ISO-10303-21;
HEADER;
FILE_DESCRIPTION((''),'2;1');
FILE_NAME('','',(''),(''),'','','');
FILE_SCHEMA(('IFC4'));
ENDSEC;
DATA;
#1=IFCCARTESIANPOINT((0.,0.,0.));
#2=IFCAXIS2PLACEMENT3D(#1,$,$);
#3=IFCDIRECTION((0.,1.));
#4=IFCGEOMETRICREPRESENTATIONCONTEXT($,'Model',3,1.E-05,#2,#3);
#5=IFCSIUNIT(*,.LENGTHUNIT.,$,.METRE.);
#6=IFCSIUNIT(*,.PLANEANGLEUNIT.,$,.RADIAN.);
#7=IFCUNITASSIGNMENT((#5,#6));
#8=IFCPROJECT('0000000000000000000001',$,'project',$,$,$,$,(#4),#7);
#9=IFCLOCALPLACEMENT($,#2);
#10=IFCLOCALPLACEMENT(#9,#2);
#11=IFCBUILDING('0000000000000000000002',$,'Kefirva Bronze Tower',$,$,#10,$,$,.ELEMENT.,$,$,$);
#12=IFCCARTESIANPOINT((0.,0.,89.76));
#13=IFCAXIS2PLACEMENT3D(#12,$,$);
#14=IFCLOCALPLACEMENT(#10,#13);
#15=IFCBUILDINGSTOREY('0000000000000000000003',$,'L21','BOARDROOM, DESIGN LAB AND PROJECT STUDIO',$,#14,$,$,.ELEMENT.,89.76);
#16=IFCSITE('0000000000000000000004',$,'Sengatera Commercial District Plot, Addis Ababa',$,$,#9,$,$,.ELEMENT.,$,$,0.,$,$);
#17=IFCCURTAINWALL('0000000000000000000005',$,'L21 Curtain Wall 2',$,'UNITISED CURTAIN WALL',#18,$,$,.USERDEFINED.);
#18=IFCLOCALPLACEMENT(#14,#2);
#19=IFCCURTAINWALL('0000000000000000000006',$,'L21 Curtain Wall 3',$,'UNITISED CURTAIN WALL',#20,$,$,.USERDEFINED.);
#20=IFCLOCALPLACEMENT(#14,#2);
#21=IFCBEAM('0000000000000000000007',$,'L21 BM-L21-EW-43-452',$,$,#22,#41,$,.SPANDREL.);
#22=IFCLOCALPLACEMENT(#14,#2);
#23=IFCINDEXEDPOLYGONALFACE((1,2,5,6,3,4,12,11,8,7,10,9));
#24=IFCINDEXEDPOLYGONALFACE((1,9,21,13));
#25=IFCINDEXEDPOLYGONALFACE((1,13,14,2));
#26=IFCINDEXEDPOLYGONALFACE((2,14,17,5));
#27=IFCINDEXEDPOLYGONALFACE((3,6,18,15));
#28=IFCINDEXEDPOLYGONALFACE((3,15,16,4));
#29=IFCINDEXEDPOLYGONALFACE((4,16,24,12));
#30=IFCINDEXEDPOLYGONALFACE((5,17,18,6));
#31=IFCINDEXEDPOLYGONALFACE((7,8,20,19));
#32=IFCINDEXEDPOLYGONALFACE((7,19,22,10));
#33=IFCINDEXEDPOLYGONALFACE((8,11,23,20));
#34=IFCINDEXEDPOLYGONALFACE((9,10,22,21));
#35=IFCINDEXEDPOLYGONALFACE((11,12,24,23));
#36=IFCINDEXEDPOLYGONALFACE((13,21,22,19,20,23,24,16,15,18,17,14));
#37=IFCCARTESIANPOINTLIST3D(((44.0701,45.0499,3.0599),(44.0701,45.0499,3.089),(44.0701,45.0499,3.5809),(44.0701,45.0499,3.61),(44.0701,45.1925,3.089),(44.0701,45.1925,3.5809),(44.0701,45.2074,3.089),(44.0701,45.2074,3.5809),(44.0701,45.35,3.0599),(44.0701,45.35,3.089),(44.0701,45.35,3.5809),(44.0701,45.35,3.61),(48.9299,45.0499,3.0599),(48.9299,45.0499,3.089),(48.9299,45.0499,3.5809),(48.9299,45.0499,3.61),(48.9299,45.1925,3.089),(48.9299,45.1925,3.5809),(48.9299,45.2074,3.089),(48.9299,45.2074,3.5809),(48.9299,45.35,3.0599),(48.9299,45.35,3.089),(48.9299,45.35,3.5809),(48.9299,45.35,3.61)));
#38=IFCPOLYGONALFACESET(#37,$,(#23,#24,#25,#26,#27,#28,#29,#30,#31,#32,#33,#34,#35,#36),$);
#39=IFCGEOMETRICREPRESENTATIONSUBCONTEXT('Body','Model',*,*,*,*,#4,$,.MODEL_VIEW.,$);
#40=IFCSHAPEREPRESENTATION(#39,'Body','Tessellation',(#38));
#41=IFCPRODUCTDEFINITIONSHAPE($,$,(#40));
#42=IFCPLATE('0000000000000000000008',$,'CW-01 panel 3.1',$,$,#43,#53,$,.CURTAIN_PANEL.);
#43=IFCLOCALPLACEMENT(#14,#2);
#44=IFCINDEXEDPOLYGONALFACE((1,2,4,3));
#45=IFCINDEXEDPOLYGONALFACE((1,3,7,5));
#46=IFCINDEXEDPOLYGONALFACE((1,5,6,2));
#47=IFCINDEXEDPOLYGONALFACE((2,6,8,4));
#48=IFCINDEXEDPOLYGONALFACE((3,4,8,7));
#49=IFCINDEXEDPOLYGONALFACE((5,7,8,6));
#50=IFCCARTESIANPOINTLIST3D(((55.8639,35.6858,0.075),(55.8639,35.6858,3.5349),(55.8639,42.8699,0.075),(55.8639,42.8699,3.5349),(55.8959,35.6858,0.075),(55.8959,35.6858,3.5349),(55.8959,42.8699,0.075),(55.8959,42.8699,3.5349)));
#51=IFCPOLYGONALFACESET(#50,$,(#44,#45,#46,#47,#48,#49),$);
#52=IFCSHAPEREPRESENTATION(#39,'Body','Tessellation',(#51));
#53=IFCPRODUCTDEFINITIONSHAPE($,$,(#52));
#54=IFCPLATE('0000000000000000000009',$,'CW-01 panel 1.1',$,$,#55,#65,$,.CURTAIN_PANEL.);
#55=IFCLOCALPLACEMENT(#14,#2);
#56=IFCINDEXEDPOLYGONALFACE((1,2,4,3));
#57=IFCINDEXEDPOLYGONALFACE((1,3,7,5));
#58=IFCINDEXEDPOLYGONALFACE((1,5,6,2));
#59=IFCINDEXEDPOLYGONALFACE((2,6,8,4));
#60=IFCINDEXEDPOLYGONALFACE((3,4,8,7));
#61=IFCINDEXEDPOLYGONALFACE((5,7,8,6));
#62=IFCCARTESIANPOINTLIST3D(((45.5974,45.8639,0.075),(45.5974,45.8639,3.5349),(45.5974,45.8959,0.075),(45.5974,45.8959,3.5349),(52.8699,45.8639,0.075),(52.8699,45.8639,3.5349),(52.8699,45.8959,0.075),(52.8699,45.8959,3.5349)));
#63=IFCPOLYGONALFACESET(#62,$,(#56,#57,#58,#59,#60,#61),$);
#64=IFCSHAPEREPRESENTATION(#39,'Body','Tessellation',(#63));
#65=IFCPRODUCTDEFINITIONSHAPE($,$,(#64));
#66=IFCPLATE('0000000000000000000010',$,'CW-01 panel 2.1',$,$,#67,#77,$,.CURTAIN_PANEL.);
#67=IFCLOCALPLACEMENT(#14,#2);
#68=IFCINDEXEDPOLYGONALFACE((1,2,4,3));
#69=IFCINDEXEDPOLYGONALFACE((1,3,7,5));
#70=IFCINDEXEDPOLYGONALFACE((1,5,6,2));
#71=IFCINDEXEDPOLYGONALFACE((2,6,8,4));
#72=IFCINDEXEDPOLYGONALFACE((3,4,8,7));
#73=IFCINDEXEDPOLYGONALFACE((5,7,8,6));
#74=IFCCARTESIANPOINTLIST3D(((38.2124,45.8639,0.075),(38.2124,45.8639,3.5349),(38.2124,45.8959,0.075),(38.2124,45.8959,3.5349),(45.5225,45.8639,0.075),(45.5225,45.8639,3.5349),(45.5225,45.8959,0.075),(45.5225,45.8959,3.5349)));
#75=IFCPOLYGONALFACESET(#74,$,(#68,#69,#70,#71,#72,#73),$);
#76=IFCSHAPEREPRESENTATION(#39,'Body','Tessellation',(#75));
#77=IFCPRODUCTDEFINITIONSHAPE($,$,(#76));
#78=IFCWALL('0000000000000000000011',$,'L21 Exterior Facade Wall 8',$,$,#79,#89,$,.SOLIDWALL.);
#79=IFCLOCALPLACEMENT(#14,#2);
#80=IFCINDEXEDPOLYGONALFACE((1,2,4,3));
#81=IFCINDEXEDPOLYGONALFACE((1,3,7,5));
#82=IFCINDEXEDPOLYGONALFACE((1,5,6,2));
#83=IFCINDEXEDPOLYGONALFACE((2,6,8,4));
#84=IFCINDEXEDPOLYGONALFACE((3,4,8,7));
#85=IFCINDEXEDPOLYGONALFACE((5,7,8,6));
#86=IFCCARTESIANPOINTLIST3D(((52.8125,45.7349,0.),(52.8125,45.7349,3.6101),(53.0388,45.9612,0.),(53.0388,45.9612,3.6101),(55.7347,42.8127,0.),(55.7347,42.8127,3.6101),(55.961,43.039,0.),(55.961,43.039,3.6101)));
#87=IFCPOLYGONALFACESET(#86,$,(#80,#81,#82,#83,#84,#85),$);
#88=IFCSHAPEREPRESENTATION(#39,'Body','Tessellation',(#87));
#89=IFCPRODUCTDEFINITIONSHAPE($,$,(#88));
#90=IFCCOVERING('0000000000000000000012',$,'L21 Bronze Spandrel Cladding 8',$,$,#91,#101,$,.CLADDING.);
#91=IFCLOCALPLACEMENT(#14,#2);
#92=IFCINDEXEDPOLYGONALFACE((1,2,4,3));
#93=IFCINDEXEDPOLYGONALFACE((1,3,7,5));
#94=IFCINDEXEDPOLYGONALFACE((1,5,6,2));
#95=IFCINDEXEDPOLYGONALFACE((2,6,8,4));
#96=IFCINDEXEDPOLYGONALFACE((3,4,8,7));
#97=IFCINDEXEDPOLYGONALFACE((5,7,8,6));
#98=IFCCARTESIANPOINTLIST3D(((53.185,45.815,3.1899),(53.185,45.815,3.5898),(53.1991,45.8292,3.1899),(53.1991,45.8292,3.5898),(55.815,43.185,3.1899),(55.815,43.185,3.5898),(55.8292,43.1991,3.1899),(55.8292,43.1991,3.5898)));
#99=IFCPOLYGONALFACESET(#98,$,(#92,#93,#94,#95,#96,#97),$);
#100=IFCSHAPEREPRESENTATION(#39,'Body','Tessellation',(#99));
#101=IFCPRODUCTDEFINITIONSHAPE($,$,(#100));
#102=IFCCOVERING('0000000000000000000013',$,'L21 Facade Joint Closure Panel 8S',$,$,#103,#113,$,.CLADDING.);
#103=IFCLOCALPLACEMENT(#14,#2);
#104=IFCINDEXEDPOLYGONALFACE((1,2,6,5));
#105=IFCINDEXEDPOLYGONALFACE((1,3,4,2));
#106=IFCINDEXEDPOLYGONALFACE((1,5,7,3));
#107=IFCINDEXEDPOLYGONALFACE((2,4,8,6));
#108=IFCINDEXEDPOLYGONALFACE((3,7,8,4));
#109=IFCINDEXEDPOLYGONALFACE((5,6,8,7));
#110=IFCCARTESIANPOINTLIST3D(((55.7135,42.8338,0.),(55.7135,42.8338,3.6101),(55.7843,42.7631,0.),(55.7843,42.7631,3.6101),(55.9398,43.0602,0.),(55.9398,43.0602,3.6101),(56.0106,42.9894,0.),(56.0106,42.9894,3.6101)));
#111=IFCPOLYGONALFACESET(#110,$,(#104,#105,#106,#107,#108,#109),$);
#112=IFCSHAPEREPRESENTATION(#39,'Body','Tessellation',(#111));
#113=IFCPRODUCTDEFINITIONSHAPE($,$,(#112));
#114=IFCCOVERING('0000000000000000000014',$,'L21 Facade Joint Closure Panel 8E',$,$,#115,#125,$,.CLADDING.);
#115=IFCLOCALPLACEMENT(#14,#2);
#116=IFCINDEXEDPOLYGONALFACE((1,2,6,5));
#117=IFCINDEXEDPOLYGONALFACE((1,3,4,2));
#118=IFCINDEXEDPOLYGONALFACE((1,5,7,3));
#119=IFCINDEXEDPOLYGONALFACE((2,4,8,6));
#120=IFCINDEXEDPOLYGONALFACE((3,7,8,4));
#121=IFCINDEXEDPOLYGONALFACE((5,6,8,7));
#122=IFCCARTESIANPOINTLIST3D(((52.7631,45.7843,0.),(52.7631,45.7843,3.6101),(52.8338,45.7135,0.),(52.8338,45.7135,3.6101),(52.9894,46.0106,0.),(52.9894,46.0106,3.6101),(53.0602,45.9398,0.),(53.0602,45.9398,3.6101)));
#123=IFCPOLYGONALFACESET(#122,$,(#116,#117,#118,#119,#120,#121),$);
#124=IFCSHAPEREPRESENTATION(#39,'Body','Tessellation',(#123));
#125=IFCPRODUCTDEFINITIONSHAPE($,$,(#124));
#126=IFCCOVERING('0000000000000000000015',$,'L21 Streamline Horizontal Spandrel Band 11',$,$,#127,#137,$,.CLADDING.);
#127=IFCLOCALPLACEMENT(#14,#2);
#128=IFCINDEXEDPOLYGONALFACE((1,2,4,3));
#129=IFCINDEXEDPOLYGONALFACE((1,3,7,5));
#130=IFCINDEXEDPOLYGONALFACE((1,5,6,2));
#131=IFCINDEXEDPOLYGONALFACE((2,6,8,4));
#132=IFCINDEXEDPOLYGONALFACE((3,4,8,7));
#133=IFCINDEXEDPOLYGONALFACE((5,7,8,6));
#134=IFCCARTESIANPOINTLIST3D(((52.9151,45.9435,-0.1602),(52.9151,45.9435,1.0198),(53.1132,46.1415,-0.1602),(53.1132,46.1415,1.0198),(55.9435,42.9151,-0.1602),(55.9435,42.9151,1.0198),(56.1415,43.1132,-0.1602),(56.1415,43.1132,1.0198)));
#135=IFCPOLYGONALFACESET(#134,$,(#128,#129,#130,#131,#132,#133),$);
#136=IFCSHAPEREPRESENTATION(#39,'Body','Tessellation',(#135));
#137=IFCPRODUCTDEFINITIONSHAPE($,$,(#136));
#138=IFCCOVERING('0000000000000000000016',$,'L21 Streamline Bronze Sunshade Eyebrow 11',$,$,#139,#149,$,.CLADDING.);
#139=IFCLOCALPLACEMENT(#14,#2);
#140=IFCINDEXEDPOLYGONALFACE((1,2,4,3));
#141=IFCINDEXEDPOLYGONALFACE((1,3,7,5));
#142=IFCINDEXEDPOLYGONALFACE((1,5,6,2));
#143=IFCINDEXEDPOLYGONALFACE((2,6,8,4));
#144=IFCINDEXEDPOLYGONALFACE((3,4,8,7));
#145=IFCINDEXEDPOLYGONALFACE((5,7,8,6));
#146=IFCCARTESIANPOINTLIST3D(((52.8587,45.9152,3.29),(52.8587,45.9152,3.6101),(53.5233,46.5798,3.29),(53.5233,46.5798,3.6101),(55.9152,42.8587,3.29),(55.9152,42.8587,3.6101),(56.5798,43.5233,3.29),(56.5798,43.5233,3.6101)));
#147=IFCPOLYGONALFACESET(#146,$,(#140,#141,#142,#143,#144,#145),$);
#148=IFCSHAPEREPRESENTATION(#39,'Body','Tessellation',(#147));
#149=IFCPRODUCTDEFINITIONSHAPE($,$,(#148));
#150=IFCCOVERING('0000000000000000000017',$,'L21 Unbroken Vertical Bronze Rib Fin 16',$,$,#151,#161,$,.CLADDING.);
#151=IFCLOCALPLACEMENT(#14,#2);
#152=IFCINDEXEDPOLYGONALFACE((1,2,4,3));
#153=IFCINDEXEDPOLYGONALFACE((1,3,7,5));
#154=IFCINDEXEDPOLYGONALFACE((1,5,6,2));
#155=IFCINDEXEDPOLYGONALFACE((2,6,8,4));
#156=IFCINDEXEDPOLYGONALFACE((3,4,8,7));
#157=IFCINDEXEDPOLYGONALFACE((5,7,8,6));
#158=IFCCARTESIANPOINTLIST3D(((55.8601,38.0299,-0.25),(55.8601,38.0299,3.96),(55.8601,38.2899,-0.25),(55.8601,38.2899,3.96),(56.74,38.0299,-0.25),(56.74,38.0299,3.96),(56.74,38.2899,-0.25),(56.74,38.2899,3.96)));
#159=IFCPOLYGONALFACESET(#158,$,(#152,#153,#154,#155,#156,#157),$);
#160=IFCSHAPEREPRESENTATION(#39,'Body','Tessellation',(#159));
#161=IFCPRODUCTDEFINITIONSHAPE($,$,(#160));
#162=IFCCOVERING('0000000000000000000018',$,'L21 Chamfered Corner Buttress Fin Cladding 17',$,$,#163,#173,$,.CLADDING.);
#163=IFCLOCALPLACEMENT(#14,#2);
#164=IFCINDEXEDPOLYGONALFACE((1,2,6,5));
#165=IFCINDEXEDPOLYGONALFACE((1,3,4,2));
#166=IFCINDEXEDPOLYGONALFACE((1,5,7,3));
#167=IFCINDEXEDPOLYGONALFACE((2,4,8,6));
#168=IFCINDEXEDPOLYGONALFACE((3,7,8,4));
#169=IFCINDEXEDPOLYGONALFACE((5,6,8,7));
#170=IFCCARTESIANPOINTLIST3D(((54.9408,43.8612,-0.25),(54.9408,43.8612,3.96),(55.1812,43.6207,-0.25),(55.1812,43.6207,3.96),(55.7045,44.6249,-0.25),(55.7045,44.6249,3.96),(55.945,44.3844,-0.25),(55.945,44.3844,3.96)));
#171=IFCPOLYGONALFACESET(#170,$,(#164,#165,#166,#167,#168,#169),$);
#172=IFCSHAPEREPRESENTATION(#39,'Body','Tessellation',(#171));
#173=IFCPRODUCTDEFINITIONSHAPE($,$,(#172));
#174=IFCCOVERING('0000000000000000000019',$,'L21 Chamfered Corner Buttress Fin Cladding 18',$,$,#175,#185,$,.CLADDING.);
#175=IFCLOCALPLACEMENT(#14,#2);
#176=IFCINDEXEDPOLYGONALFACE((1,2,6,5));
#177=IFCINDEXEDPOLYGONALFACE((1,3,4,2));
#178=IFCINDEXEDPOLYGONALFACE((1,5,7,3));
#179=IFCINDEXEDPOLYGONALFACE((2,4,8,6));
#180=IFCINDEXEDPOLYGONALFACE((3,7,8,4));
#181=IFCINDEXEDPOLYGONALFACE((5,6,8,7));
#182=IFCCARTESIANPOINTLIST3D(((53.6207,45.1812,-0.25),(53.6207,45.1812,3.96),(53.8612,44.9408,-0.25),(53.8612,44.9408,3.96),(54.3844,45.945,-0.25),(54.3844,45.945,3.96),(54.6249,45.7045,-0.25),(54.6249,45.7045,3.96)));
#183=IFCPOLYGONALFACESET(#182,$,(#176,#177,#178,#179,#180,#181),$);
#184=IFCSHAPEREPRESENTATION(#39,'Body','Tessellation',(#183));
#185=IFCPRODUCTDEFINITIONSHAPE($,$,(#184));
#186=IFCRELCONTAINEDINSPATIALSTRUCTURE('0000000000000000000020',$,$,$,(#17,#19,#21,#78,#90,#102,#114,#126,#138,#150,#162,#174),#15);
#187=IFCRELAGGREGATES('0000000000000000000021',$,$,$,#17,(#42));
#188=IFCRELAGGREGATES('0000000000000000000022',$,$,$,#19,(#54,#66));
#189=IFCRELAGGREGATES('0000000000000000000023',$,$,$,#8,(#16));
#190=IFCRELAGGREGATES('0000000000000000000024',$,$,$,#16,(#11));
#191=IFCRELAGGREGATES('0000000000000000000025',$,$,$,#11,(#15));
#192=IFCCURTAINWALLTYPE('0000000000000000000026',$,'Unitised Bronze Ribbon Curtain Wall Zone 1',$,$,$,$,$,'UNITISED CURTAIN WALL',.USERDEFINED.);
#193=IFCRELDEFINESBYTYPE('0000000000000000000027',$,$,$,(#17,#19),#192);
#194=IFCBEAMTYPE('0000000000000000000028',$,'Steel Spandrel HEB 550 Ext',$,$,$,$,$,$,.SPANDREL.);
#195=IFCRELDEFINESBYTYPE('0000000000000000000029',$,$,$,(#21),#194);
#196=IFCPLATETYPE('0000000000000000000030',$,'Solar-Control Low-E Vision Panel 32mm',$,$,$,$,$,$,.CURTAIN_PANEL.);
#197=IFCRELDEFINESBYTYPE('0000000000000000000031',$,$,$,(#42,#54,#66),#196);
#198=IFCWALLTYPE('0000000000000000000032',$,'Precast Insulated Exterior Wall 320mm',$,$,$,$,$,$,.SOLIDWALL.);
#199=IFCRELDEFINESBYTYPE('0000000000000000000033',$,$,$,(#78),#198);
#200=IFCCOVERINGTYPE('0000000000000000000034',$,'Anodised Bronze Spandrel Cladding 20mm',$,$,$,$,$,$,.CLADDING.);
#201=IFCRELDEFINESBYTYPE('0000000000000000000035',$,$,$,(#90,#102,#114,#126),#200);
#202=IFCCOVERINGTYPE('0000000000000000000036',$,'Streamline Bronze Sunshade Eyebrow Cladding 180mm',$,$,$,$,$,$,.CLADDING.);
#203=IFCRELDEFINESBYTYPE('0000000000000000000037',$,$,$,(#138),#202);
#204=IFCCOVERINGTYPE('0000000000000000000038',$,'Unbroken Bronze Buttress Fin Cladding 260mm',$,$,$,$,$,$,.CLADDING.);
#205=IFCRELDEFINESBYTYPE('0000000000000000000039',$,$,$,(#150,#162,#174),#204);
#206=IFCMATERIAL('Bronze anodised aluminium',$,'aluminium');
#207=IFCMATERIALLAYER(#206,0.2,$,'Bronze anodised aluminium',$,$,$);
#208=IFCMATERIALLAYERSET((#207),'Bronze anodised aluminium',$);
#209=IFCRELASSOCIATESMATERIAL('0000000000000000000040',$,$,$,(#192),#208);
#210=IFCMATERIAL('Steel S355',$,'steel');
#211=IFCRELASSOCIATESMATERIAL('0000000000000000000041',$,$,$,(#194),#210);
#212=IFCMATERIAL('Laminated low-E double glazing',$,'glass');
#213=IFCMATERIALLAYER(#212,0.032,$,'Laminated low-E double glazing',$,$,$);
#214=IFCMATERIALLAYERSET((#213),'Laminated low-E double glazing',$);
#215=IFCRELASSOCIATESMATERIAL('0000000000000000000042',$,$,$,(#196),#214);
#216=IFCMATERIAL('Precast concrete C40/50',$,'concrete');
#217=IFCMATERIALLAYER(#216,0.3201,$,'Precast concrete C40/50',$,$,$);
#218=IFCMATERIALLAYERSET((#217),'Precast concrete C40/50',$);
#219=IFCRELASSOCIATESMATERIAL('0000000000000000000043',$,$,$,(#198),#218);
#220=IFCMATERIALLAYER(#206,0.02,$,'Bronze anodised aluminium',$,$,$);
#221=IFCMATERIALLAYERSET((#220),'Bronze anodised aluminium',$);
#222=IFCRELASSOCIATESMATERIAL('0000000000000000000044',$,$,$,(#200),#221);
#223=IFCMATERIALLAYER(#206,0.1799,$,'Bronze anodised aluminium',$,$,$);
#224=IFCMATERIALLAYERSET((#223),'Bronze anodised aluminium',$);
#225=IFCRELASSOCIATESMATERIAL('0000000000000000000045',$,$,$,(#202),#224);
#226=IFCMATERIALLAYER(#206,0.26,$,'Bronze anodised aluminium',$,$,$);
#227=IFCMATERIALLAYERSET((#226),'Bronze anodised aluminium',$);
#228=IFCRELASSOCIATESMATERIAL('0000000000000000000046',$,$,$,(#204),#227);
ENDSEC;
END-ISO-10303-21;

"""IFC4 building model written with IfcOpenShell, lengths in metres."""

from ifc_helpers import new_model, si_unit, direction, frame, frame_2d, origin, origin_2d, place, context, subcontext, project, spatial, rectangle, i_section, extrude, material, layer, layer_set, material_profile, profile_set, type_object, element, aggregate, save


model = new_model("IFC4")

# Units and contexts
model_context = context("Model", 3, precision=1e-05, world=origin(), true_north=direction((0.0, 1.0)))
body_context = subcontext(model_context, "Body", "Model", "MODEL_VIEW")
ifc_project = project(units=[si_unit("LENGTHUNIT", "METRE"), si_unit("PLANEANGLEUNIT", "RADIAN")], contexts=[model_context])

# Site, building, storey
site_placement = place(None, origin())
site = spatial("IfcSite", under=ifc_project, at=site_placement, Name="Sengatera Commercial District Plot, Addis Ababa", CompositionType="ELEMENT", RefElevation=0.0)
building_placement = place(site_placement, origin())
building = spatial("IfcBuilding", under=site, at=building_placement, Name="Kefirva Bronze Tower", CompositionType="ELEMENT")
storey_placement = place(building_placement, frame((0.0, 0.0, 89.76)))
storey = spatial("IfcBuildingStorey", under=building, at=storey_placement, Name="L21", Description="BOARDROOM, DESIGN LAB AND PROJECT STUDIO", CompositionType="ELEMENT", Elevation=89.76)

# Curtain wall
ifc_material_1 = material(Name="Bronze anodised aluminium", Category="aluminium")
ifc_layer_1 = layer(ifc_material_1, 0.2, Name="Bronze anodised aluminium")
ifc_layer_set_1 = layer_set([ifc_layer_1], Name="Bronze anodised aluminium")
curtain_wall_type = type_object("IfcCurtainWallType", Name="Unitised Bronze Ribbon Curtain Wall Zone 1", ElementType="UNITISED CURTAIN WALL", PredefinedType="USERDEFINED", material=ifc_layer_set_1)
curtain_wall_1_placement = place(storey_placement, origin())
curtain_wall_1 = element("IfcCurtainWall", 1, at=curtain_wall_1_placement, inside=storey, type_object=curtain_wall_type, Name="L21 Curtain Wall 2", ObjectType="UNITISED CURTAIN WALL", PredefinedType="USERDEFINED")

# Curtain wall
curtain_wall_2_placement = place(storey_placement, origin())
curtain_wall_2 = element("IfcCurtainWall", 2, at=curtain_wall_2_placement, inside=storey, type_object=curtain_wall_type, Name="L21 Curtain Wall 3", ObjectType="UNITISED CURTAIN WALL", PredefinedType="USERDEFINED")

# Beam
ifc_material_2 = material(Name="Steel S355", Category="steel")
ifc_material_profile_1 = material_profile(ifc_material_2, i_section(OverallWidth=0.3, OverallDepth=0.55, WebThickness=0.0149, FlangeThickness=0.0291, at=origin_2d()), Name="HEB 550")
ifc_profile_set_1 = profile_set([ifc_material_profile_1], Name="Steel S355")
beam_type_1 = type_object("IfcBeamType", Name="Steel Spandrel HEB 550 Ext", PredefinedType="SPANDREL", material=ifc_profile_set_1)
beam_1_placement = place(storey_placement, frame((44.0701, 45.2, 3.335), z_axis=(1.0, 0.0, 0.0), x_axis=(0.0, 1.0, 0.0)))
element("IfcBeam", 3, at=beam_1_placement, inside=storey, type_object=beam_type_1, Name="L21 BM-L21-EW-43-452", PredefinedType="SPANDREL", context=body_context, shape_type="SweptSolid", body=[
    extrude(i_section(OverallWidth=0.3, OverallDepth=0.55, WebThickness=0.0149, FlangeThickness=0.0291, at=origin_2d()), origin(), (0.0, 0.0, 1.0), 4.8599),
])

# Plates
ifc_material_3 = material(Name="Laminated low-E double glazing", Category="glass")
ifc_layer_2 = layer(ifc_material_3, 0.032, Name="Laminated low-E double glazing")
ifc_layer_set_2 = layer_set([ifc_layer_2], Name="Laminated low-E double glazing")
plate_type = type_object("IfcPlateType", Name="Solar-Control Low-E Vision Panel 32mm", PredefinedType="CURTAIN_PANEL", material=ifc_layer_set_2)
plate_1_placement = place(storey_placement, frame((55.8799, 39.2778, 0.075), z_axis=(0.0, 0.0, 1.0), x_axis=(0.0, 1.0, 0.0)))
plate_1 = element("IfcPlate", 4, at=plate_1_placement, type_object=plate_type, Name="CW-01 panel 3.1", PredefinedType="CURTAIN_PANEL", context=body_context, shape_type="SweptSolid", body=[
    extrude(rectangle(XDim=7.1841, YDim=0.032, at=origin_2d()), origin(), (0.0, 0.0, 1.0), 3.46),
])
aggregate(curtain_wall_1, [plate_1])
plate_2_placement = place(storey_placement, frame((49.2336, 45.8799, 0.075), z_axis=(0.0, 0.0, 1.0), x_axis=(-1.0, 0.0, 0.0)))
plate_2 = element("IfcPlate", 5, at=plate_2_placement, type_object=plate_type, Name="CW-01 panel 1.1", PredefinedType="CURTAIN_PANEL", context=body_context, shape_type="SweptSolid", body=[
    extrude(rectangle(XDim=7.2725, YDim=0.032, at=origin_2d()), origin(), (0.0, 0.0, 1.0), 3.46),
])
plate_3_placement = place(storey_placement, frame((41.8674, 45.8799, 0.075), z_axis=(0.0, 0.0, 1.0), x_axis=(-1.0, 0.0, 0.0)))
plate_3 = element("IfcPlate", 6, at=plate_3_placement, type_object=plate_type, Name="CW-01 panel 2.1", PredefinedType="CURTAIN_PANEL", context=body_context, shape_type="SweptSolid", body=[
    extrude(rectangle(XDim=7.3101, YDim=0.032, at=origin_2d()), origin(), (0.0, 0.0, 1.0), 3.46),
])
aggregate(curtain_wall_2, [plate_2, plate_3])

# Wall
ifc_material_4 = material(Name="Precast concrete C40/50", Category="concrete")
ifc_layer_3 = layer(ifc_material_4, 0.3201, Name="Precast concrete C40/50")
ifc_layer_set_3 = layer_set([ifc_layer_3], Name="Precast concrete C40/50")
wall_type = type_object("IfcWallType", Name="Precast Insulated Exterior Wall 320mm", PredefinedType="SOLIDWALL", material=ifc_layer_set_3)
wall_placement = place(storey_placement, frame((55.8479, 42.9258, 0.0), z_axis=(0.0, 0.0, 1.0), x_axis=(-0.707107, 0.707107, 0.0)))
element("IfcWall", 7, at=wall_placement, inside=storey, type_object=wall_type, Name="L21 Exterior Facade Wall 8", PredefinedType="SOLIDWALL", context=body_context, shape_type="SweptSolid", body=[
    extrude(rectangle(XDim=4.1326, YDim=0.3201, at=frame_2d((2.0664, 0.0))), origin(), (0.0, 0.0, 1.0), 3.6101),
])

# Coverings
ifc_layer_4 = layer(ifc_material_1, 0.02, Name="Bronze anodised aluminium")
ifc_layer_set_4 = layer_set([ifc_layer_4], Name="Bronze anodised aluminium")
covering_type_1 = type_object("IfcCoveringType", Name="Anodised Bronze Spandrel Cladding 20mm", PredefinedType="CLADDING", material=ifc_layer_set_4)
covering_1_placement = place(storey_placement, frame((54.5071, 44.5071, 3.1899), z_axis=(0.0, 0.0, 1.0), x_axis=(-0.707107, 0.707107, 0.0)))
element("IfcCovering", 8, at=covering_1_placement, inside=storey, type_object=covering_type_1, Name="L21 Bronze Spandrel Cladding 8", PredefinedType="CLADDING", context=body_context, shape_type="SweptSolid", body=[
    extrude(rectangle(XDim=3.7195, YDim=0.02, at=origin_2d()), origin(), (0.0, 0.0, 1.0), 0.3999),
])
for number, where, z_axis, x_axis, name in (
    (9, (55.8621, 42.9116, 0.0), (0.0, 0.0, 1.0), (-0.707107, 0.707107, 0.0), "L21 Facade Joint Closure Panel 8S"),
    (10, (52.9116, 45.8621, 0.0), (0.0, 0.0, 1.0), (-0.707107, 0.707107, 0.0), "L21 Facade Joint Closure Panel 8E"),
):
    element("IfcCovering", number, at=place(storey_placement, frame(where, z_axis=z_axis, x_axis=x_axis)), inside=storey, type_object=covering_type_1, Name=name, PredefinedType="CLADDING", context=body_context, shape_type="SweptSolid", body=[
        extrude(rectangle(XDim=0.1001, YDim=0.3201, at=origin_2d()), origin(), (0.0, 0.0, 1.0), 3.6101),
    ])
covering_2_placement = place(storey_placement, frame((54.5283, 44.5283, -0.1602), z_axis=(0.0, 0.0, 1.0), x_axis=(-0.707107, 0.707107, 0.0)))
element("IfcCovering", 11, at=covering_2_placement, inside=storey, type_object=covering_type_1, Name="L21 Streamline Horizontal Spandrel Band 11", PredefinedType="CLADDING", context=body_context, shape_type="SweptSolid", body=[
    extrude(rectangle(XDim=4.2827, YDim=0.28, at=origin_2d()), origin(), (0.0, 0.0, 1.0), 1.1799),
])
ifc_layer_5 = layer(ifc_material_1, 0.1799, Name="Bronze anodised aluminium")
ifc_layer_set_5 = layer_set([ifc_layer_5], Name="Bronze anodised aluminium")
covering_type_2 = type_object("IfcCoveringType", Name="Streamline Bronze Sunshade Eyebrow Cladding 180mm", PredefinedType="CLADDING", material=ifc_layer_set_5)
covering_3_placement = place(storey_placement, frame((54.7192, 44.7192, 3.29), z_axis=(0.0, 0.0, 1.0), x_axis=(-0.707107, 0.707107, 0.0)))
element("IfcCovering", 12, at=covering_3_placement, inside=storey, type_object=covering_type_2, Name="L21 Streamline Bronze Sunshade Eyebrow 11", PredefinedType="CLADDING", context=body_context, shape_type="SweptSolid", body=[
    extrude(rectangle(XDim=4.3225, YDim=0.9399, at=origin_2d()), origin(), (0.0, 0.0, 1.0), 0.3201),
])
ifc_layer_6 = layer(ifc_material_1, 0.26, Name="Bronze anodised aluminium")
ifc_layer_set_6 = layer_set([ifc_layer_6], Name="Bronze anodised aluminium")
covering_type_3 = type_object("IfcCoveringType", Name="Unbroken Bronze Buttress Fin Cladding 260mm", PredefinedType="CLADDING", material=ifc_layer_set_6)
covering_4_placement = place(storey_placement, frame((56.3, 38.1599, -0.25), z_axis=(0.0, 0.0, 1.0), x_axis=(0.0, 1.0, 0.0)))
element("IfcCovering", 13, at=covering_4_placement, inside=storey, type_object=covering_type_3, Name="L21 Unbroken Vertical Bronze Rib Fin 16", PredefinedType="CLADDING", context=body_context, shape_type="SweptSolid", body=[
    extrude(rectangle(XDim=0.26, YDim=0.8799, at=origin_2d()), origin(), (0.0, 0.0, 1.0), 4.21),
])
for number, where, z_axis, x_axis, name in (
    (14, (55.4429, 44.1228, -0.25), (0.0, 0.0, 1.0), (-0.707107, 0.707107, 0.0), "L21 Chamfered Corner Buttress Fin Cladding 17"),
    (15, (54.1228, 45.4429, -0.25), (0.0, 0.0, 1.0), (-0.707107, 0.707107, 0.0), "L21 Chamfered Corner Buttress Fin Cladding 18"),
):
    element("IfcCovering", number, at=place(storey_placement, frame(where, z_axis=z_axis, x_axis=x_axis)), inside=storey, type_object=covering_type_3, Name=name, PredefinedType="CLADDING", context=body_context, shape_type="SweptSolid", body=[
        extrude(rectangle(XDim=0.3401, YDim=1.0801, at=origin_2d()), origin(), (0.0, 0.0, 1.0), 4.21),
    ])

save(model, "model.ifc")
